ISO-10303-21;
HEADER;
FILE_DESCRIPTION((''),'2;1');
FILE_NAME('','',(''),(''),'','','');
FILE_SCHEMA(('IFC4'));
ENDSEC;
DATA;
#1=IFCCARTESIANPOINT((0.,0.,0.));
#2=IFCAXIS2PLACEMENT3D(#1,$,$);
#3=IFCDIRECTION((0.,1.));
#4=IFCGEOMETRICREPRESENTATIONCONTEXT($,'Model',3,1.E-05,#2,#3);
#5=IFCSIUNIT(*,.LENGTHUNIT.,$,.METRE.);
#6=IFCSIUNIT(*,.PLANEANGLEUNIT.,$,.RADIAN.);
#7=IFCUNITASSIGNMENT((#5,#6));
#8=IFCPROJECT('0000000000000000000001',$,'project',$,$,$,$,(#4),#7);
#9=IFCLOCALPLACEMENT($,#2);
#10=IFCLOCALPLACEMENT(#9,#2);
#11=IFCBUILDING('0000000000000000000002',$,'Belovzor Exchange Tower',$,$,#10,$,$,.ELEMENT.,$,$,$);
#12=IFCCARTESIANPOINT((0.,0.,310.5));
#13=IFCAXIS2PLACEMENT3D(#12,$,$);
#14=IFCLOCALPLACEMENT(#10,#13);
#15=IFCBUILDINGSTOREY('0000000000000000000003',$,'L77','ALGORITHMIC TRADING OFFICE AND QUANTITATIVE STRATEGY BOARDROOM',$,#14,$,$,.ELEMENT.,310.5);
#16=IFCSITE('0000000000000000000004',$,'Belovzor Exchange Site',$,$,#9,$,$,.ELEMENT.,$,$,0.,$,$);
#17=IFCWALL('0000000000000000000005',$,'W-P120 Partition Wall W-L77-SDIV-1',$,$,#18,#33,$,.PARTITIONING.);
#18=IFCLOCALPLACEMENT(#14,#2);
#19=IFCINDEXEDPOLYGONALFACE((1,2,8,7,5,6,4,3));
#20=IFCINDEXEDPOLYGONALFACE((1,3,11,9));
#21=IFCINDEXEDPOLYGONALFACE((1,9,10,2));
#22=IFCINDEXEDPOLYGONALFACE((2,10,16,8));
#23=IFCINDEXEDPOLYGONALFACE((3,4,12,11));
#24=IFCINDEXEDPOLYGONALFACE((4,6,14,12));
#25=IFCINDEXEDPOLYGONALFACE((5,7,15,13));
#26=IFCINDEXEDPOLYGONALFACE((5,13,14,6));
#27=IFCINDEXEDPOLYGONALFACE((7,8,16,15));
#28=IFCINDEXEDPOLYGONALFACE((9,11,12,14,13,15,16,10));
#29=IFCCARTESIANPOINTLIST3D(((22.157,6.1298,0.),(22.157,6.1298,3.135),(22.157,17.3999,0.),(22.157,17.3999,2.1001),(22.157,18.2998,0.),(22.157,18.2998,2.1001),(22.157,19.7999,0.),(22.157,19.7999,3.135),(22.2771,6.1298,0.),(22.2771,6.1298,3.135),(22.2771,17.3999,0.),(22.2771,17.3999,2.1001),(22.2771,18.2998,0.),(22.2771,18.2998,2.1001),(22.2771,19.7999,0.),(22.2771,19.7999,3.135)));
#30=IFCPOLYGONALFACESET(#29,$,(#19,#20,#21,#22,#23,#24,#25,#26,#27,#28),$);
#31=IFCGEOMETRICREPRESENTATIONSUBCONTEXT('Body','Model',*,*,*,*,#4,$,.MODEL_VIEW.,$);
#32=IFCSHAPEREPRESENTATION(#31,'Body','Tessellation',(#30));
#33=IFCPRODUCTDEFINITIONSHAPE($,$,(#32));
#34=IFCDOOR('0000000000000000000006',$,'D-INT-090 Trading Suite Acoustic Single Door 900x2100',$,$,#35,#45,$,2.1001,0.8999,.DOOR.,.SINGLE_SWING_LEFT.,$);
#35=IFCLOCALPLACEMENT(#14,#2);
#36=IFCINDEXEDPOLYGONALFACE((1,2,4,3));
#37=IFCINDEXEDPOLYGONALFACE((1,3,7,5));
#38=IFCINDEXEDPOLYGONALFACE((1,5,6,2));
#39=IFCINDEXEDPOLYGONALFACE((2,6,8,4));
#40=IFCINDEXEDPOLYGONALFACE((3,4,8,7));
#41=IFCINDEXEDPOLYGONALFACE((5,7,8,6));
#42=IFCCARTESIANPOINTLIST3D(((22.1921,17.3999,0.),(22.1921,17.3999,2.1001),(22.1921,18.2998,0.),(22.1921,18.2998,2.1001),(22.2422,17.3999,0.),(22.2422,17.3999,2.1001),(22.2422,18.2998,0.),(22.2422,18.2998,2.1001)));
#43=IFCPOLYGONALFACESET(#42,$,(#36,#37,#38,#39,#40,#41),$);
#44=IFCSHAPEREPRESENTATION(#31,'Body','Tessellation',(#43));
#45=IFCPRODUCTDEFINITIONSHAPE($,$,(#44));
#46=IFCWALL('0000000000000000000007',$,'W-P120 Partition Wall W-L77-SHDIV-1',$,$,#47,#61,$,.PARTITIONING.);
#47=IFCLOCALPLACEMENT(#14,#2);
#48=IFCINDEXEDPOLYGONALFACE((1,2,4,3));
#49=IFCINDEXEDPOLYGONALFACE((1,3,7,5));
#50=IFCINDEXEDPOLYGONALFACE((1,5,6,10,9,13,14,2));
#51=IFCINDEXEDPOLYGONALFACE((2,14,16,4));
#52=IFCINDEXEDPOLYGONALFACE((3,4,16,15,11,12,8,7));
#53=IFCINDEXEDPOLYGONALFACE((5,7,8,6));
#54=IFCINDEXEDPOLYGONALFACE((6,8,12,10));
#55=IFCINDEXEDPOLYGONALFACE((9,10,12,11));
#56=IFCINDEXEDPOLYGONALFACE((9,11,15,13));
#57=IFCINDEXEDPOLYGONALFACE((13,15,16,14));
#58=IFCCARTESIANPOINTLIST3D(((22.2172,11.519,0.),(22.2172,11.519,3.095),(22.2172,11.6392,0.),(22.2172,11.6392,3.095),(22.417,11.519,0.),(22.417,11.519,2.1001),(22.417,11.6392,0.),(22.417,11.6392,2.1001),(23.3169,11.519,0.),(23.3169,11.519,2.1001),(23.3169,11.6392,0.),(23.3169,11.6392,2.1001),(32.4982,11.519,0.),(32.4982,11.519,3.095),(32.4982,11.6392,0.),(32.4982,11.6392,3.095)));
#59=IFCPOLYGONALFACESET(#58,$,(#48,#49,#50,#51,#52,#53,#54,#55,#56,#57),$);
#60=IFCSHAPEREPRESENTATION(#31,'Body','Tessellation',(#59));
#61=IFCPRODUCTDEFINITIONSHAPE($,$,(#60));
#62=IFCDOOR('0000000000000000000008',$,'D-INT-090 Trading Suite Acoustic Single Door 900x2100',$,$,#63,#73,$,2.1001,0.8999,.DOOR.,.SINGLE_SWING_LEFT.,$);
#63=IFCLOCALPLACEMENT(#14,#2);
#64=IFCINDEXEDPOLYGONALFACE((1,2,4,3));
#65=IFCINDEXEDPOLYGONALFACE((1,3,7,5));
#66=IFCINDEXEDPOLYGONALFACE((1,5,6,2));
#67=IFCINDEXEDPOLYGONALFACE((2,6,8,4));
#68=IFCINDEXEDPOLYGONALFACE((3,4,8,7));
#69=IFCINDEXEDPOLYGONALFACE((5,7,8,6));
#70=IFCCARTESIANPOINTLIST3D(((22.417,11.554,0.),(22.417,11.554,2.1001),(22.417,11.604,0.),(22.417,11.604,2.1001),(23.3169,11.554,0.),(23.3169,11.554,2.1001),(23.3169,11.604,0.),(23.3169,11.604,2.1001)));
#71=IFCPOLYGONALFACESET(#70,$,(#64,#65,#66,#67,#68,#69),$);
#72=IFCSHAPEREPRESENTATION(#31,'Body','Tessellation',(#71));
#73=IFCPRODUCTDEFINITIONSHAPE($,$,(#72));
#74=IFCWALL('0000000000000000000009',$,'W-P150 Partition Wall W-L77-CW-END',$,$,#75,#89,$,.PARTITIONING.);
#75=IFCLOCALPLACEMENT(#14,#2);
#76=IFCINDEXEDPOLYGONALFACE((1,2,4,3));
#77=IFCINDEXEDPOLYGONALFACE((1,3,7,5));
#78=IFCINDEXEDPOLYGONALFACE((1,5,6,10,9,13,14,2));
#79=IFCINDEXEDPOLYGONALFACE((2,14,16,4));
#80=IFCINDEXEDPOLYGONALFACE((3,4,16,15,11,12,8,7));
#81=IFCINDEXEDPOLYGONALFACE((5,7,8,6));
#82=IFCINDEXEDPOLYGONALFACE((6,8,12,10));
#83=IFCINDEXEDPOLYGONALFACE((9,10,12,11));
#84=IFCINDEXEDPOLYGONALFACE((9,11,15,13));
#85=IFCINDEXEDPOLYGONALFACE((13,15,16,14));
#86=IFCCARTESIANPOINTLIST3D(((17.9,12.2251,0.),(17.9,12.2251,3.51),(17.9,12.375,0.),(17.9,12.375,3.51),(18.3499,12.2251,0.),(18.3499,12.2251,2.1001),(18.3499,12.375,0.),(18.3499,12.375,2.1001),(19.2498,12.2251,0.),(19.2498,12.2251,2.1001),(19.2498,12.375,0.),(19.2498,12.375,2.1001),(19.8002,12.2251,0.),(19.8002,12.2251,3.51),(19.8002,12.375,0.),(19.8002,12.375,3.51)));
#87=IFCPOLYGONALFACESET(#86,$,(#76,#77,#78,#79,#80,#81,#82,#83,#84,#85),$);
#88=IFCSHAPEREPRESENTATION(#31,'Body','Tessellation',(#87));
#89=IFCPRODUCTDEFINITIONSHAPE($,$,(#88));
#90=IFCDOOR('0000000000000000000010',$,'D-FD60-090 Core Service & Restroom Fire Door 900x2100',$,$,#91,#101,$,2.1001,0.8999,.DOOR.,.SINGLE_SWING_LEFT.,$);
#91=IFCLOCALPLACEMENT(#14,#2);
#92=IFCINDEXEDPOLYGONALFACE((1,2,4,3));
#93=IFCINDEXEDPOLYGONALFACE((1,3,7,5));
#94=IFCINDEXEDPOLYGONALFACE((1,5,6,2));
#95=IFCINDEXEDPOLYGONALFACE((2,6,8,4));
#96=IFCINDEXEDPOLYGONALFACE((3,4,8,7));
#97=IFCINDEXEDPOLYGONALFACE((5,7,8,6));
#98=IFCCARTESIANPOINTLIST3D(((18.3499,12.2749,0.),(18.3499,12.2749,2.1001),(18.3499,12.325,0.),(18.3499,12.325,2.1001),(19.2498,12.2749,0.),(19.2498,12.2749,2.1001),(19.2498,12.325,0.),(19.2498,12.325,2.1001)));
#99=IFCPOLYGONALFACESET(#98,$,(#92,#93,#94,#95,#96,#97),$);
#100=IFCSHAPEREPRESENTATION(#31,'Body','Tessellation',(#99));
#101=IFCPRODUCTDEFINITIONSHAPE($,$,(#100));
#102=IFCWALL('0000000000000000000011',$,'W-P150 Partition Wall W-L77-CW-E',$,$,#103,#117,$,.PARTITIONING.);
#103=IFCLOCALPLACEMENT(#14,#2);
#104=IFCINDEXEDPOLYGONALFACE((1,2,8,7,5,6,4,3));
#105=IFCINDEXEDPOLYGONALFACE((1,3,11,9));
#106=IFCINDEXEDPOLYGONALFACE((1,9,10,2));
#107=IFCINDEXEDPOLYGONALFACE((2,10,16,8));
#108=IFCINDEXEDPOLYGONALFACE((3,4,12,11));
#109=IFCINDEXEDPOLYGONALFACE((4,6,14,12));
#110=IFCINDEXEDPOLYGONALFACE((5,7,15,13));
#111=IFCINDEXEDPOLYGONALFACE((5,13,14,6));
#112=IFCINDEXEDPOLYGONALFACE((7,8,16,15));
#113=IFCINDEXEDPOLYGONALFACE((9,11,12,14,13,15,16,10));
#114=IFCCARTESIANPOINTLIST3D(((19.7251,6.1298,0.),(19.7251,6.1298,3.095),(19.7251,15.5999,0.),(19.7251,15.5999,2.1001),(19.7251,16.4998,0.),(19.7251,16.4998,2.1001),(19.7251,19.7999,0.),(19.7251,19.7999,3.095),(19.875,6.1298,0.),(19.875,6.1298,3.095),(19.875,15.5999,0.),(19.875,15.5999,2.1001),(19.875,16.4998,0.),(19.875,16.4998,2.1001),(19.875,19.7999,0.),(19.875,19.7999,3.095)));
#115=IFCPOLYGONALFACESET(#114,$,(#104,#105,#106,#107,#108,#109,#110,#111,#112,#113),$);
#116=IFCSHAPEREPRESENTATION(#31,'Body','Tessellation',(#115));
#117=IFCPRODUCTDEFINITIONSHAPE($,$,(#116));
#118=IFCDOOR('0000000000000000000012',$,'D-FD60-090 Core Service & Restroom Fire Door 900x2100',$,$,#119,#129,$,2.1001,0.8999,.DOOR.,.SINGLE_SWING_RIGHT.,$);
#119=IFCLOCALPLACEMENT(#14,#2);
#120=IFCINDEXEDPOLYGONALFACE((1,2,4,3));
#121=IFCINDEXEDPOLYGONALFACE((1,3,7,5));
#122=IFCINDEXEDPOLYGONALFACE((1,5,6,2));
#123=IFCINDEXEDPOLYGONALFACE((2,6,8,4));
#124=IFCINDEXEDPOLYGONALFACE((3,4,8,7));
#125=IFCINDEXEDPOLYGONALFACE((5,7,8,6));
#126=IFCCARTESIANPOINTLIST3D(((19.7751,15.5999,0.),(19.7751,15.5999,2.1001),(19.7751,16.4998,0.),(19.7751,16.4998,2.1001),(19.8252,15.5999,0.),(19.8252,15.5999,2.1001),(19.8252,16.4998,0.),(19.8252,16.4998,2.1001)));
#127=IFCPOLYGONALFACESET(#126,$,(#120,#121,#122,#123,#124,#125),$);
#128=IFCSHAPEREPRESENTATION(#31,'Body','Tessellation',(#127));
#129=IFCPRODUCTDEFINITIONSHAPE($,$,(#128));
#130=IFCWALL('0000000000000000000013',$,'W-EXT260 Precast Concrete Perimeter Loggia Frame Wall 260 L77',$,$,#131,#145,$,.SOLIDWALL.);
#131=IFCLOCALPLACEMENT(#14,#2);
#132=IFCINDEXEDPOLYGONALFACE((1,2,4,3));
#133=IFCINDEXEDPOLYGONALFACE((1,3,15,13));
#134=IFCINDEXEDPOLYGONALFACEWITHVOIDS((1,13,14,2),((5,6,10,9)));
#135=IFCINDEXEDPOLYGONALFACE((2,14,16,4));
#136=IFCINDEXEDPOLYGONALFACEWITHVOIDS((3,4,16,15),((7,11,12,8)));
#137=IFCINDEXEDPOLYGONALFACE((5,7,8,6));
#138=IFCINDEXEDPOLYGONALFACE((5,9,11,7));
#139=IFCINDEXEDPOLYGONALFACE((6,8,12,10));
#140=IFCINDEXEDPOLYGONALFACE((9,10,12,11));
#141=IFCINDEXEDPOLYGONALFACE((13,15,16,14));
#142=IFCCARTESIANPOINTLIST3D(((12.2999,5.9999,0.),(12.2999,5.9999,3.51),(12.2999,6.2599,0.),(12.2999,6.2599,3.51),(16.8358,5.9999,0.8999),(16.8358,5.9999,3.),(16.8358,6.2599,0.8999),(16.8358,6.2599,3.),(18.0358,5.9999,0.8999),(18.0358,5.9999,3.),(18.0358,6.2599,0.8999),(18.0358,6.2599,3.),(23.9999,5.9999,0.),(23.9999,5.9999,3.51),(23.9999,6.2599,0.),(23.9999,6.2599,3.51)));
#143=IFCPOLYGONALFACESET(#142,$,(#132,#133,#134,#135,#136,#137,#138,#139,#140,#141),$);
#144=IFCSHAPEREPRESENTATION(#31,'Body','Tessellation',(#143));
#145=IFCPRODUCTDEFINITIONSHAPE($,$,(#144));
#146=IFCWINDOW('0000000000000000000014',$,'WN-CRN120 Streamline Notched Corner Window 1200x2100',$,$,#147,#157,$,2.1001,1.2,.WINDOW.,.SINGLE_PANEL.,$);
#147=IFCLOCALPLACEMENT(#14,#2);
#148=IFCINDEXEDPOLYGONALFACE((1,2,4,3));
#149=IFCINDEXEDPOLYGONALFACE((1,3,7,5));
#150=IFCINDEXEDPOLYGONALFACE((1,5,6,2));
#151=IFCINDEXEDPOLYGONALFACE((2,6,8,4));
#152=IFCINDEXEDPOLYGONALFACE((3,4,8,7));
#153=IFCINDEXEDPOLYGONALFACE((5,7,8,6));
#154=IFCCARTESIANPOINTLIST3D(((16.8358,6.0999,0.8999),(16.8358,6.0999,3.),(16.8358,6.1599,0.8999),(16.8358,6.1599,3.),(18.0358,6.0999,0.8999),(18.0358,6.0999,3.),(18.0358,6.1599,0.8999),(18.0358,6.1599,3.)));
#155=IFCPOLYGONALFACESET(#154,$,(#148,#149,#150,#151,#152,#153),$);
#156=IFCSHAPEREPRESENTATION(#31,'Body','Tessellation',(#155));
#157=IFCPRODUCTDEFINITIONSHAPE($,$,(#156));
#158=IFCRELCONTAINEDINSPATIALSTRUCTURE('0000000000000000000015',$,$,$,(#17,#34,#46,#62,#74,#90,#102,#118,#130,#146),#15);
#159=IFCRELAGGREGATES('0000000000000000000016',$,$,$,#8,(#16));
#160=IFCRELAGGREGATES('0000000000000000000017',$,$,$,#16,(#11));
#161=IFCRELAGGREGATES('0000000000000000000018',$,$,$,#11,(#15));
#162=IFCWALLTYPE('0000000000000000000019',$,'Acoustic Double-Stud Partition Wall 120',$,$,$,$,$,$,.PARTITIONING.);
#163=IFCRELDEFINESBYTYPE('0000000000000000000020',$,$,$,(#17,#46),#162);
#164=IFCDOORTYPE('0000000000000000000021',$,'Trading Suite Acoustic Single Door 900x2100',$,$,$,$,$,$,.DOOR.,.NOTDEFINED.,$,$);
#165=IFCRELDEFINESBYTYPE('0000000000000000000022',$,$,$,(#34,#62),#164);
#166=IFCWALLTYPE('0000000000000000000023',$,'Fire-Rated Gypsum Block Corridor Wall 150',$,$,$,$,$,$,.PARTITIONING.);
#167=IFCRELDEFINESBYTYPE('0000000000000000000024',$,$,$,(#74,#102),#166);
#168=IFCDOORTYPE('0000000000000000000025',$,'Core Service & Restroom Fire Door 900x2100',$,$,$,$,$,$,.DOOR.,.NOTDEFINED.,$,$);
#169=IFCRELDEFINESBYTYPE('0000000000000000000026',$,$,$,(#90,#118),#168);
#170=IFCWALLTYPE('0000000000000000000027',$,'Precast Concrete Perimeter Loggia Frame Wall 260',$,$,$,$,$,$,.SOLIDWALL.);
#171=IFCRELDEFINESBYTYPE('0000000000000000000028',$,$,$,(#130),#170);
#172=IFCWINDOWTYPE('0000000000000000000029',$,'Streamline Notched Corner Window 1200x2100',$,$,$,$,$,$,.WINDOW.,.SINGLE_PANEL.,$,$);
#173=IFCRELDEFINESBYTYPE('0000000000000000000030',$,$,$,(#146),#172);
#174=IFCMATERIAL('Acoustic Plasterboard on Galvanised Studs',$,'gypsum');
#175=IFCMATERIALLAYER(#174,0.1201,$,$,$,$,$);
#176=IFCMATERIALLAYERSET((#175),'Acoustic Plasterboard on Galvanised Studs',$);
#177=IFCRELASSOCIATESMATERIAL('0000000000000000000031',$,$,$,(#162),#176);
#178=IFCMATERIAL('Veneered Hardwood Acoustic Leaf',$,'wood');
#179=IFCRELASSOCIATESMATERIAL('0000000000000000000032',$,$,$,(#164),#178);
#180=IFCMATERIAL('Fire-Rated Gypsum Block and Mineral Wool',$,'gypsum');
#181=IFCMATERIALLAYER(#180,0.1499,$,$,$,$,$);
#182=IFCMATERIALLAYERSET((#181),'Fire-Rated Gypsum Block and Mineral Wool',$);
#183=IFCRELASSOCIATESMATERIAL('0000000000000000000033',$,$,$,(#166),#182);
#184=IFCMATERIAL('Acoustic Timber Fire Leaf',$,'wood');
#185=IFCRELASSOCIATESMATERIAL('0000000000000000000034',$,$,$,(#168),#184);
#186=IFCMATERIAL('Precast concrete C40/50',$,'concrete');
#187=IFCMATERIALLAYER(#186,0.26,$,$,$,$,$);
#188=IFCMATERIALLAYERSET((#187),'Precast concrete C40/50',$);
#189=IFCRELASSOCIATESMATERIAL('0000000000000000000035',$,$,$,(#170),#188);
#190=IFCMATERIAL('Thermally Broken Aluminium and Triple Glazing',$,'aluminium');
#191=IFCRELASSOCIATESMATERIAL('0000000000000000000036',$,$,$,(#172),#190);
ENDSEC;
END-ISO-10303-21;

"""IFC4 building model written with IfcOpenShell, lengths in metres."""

from ifc_helpers import new_model, si_unit, direction, frame, frame_2d, origin, place, context, subcontext, project, spatial, rectangle, extrude, material, layer, layer_set, type_object, element, fill, save


model = new_model("IFC4")

# Units and contexts
model_context = context("Model", 3, precision=1e-05, world=origin(), true_north=direction((0.0, 1.0)))
body_context = subcontext(model_context, "Body", "Model", "MODEL_VIEW")
ifc_project = project(units=[si_unit("LENGTHUNIT", "METRE"), si_unit("PLANEANGLEUNIT", "RADIAN")], contexts=[model_context])

# Site, building, storey
site_placement = place(None, origin())
site = spatial("IfcSite", under=ifc_project, at=site_placement, Name="Belovzor Exchange Site", CompositionType="ELEMENT", RefElevation=0.0)
building_placement = place(site_placement, origin())
building = spatial("IfcBuilding", under=site, at=building_placement, Name="Belovzor Exchange Tower", CompositionType="ELEMENT")
storey_placement = place(building_placement, frame((0.0, 0.0, 310.5)))
storey = spatial("IfcBuildingStorey", under=building, at=storey_placement, Name="L77", Description="ALGORITHMIC TRADING OFFICE AND QUANTITATIVE STRATEGY BOARDROOM", CompositionType="ELEMENT", Elevation=310.5)

# Walls, openings, doors
ifc_material_1 = material(Name="Acoustic Plasterboard on Galvanised Studs", Category="gypsum")
ifc_layer_1 = layer(ifc_material_1, 0.1201)
ifc_layer_set_1 = layer_set([ifc_layer_1], Name="Acoustic Plasterboard on Galvanised Studs")
wall_type_1 = type_object("IfcWallType", Name="Acoustic Double-Stud Partition Wall 120", PredefinedType="PARTITIONING", material=ifc_layer_set_1)
ifc_material_2 = material(Name="Veneered Hardwood Acoustic Leaf", Category="wood")
door_type_1 = type_object("IfcDoorType", Name="Trading Suite Acoustic Single Door 900x2100", OperationType="NOTDEFINED", PredefinedType="DOOR", material=ifc_material_2)
wall_1_placement = place(storey_placement, frame((22.217, 6.1299, 0.0), z_axis=(0.0, 0.0, 1.0), x_axis=(0.0, 1.0, 0.0)))
wall_1 = element("IfcWall", 1, at=wall_1_placement, inside=storey, type_object=wall_type_1, Name="W-P120 Partition Wall W-L77-SDIV-1", PredefinedType="PARTITIONING", context=body_context, shape_type="SweptSolid", body=[
    extrude(rectangle(XDim=13.6702, YDim=0.1201, at=frame_2d((6.835, 0.0))), origin(), (0.0, 0.0, 1.0), 3.135),
])
opening_1_placement = place(wall_1_placement, frame((11.27, 0.0, 0.0)))
opening_1 = element("IfcOpeningElement", 2, at=opening_1_placement, cuts=wall_1, PredefinedType="OPENING", context=body_context, shape_type="SweptSolid", body=[
    extrude(rectangle(XDim=0.8999, YDim=2.1001, at=frame_2d((0.45, 1.05))), frame((0.0, 0.0701, 0.0), z_axis=(0.0, -1.0, 0.0), x_axis=(1.0, 0.0, 0.0)), (0.0, 0.0, 1.0), 0.1401),
])
door_1_placement = place(opening_1_placement, origin())
door_1 = element("IfcDoor", 3, at=door_1_placement, inside=storey, type_object=door_type_1, Name="D-INT-090 Trading Suite Acoustic Single Door 900x2100", OperationType="SINGLE_SWING_LEFT", OverallHeight=2.1001, OverallWidth=0.8999, PredefinedType="DOOR", context=body_context, shape_type="SweptSolid", body=[
    extrude(rectangle(XDim=0.8999, YDim=2.1001, at=frame_2d((0.45, 1.05))), frame((0.0, 0.0249, 0.0), z_axis=(0.0, -1.0, 0.0), x_axis=(1.0, 0.0, 0.0)), (0.0, 0.0, 1.0), 0.05),
])
fill(opening_1, door_1)
wall_2_placement = place(storey_placement, frame((22.217, 11.5791, 0.0), z_axis=(0.0, 0.0, 1.0), x_axis=(1.0, 0.0, 0.0)))
wall_2 = element("IfcWall", 4, at=wall_2_placement, inside=storey, type_object=wall_type_1, Name="W-P120 Partition Wall W-L77-SHDIV-1", PredefinedType="PARTITIONING", context=body_context, shape_type="SweptSolid", body=[
    extrude(rectangle(XDim=10.281, YDim=0.1201, at=frame_2d((5.1406, 0.0))), origin(), (0.0, 0.0, 1.0), 3.095),
])
opening_2_placement = place(wall_2_placement, frame((0.2, 0.0, 0.0)))
opening_2 = element("IfcOpeningElement", 5, at=opening_2_placement, cuts=wall_2, PredefinedType="OPENING", context=body_context, shape_type="SweptSolid", body=[
    extrude(rectangle(XDim=0.8999, YDim=2.1001, at=frame_2d((0.45, 1.05))), frame((0.0, 0.0701, 0.0), z_axis=(0.0, -1.0, 0.0), x_axis=(1.0, 0.0, 0.0)), (0.0, 0.0, 1.0), 0.1401),
])
door_2_placement = place(opening_2_placement, origin())
door_2 = element("IfcDoor", 6, at=door_2_placement, inside=storey, type_object=door_type_1, Name="D-INT-090 Trading Suite Acoustic Single Door 900x2100", OperationType="SINGLE_SWING_LEFT", OverallHeight=2.1001, OverallWidth=0.8999, PredefinedType="DOOR", context=body_context, shape_type="SweptSolid", body=[
    extrude(rectangle(XDim=0.8999, YDim=2.1001, at=frame_2d((0.45, 1.05))), frame((0.0, 0.0249, 0.0), z_axis=(0.0, -1.0, 0.0), x_axis=(1.0, 0.0, 0.0)), (0.0, 0.0, 1.0), 0.05),
])
fill(opening_2, door_2)
ifc_material_3 = material(Name="Fire-Rated Gypsum Block and Mineral Wool", Category="gypsum")
ifc_layer_2 = layer(ifc_material_3, 0.1499)
ifc_layer_set_2 = layer_set([ifc_layer_2], Name="Fire-Rated Gypsum Block and Mineral Wool")
wall_type_2 = type_object("IfcWallType", Name="Fire-Rated Gypsum Block Corridor Wall 150", PredefinedType="PARTITIONING", material=ifc_layer_set_2)
wall_3_placement = place(storey_placement, frame((17.8999, 12.3, 0.0), z_axis=(0.0, 0.0, 1.0), x_axis=(1.0, 0.0, 0.0)))
wall_3 = element("IfcWall", 7, at=wall_3_placement, inside=storey, type_object=wall_type_2, Name="W-P150 Partition Wall W-L77-CW-END", PredefinedType="PARTITIONING", context=body_context, shape_type="SweptSolid", body=[
    extrude(rectangle(XDim=1.9001, YDim=0.1499, at=frame_2d((0.9502, 0.0))), origin(), (0.0, 0.0, 1.0), 3.51),
])
opening_3_placement = place(wall_3_placement, frame((0.45, 0.0, 0.0)))
opening_3 = element("IfcOpeningElement", 8, at=opening_3_placement, cuts=wall_3, PredefinedType="OPENING", context=body_context, shape_type="SweptSolid", body=[
    extrude(rectangle(XDim=0.8999, YDim=2.1001, at=frame_2d((0.45, 1.05))), frame((0.0, 0.085, 0.0), z_axis=(0.0, -1.0, 0.0), x_axis=(1.0, 0.0, 0.0)), (0.0, 0.0, 1.0), 0.1699),
])
ifc_material_4 = material(Name="Acoustic Timber Fire Leaf", Category="wood")
door_type_2 = type_object("IfcDoorType", Name="Core Service & Restroom Fire Door 900x2100", OperationType="NOTDEFINED", PredefinedType="DOOR", material=ifc_material_4)
door_3_placement = place(opening_3_placement, origin())
door_3 = element("IfcDoor", 9, at=door_3_placement, inside=storey, type_object=door_type_2, Name="D-FD60-090 Core Service & Restroom Fire Door 900x2100", OperationType="SINGLE_SWING_LEFT", OverallHeight=2.1001, OverallWidth=0.8999, PredefinedType="DOOR", context=body_context, shape_type="SweptSolid", body=[
    extrude(rectangle(XDim=0.8999, YDim=2.1001, at=frame_2d((0.45, 1.05))), frame((0.0, 0.0249, 0.0), z_axis=(0.0, -1.0, 0.0), x_axis=(1.0, 0.0, 0.0)), (0.0, 0.0, 1.0), 0.05),
])
fill(opening_3, door_3)
wall_4_placement = place(storey_placement, frame((19.8, 6.1299, 0.0), z_axis=(0.0, 0.0, 1.0), x_axis=(0.0, 1.0, 0.0)))
wall_4 = element("IfcWall", 10, at=wall_4_placement, inside=storey, type_object=wall_type_2, Name="W-P150 Partition Wall W-L77-CW-E", PredefinedType="PARTITIONING", context=body_context, shape_type="SweptSolid", body=[
    extrude(rectangle(XDim=13.6702, YDim=0.1499, at=frame_2d((6.835, 0.0))), origin(), (0.0, 0.0, 1.0), 3.095),
])
opening_4_placement = place(wall_4_placement, frame((9.47, 0.0, 0.0)))
opening_4 = element("IfcOpeningElement", 11, at=opening_4_placement, cuts=wall_4, PredefinedType="OPENING", context=body_context, shape_type="SweptSolid", body=[
    extrude(rectangle(XDim=0.8999, YDim=2.1001, at=frame_2d((0.45, 1.05))), frame((0.0, 0.085, 0.0), z_axis=(0.0, -1.0, 0.0), x_axis=(1.0, 0.0, 0.0)), (0.0, 0.0, 1.0), 0.1699),
])
door_4_placement = place(opening_4_placement, origin())
door_4 = element("IfcDoor", 12, at=door_4_placement, inside=storey, type_object=door_type_2, Name="D-FD60-090 Core Service & Restroom Fire Door 900x2100", OperationType="SINGLE_SWING_RIGHT", OverallHeight=2.1001, OverallWidth=0.8999, PredefinedType="DOOR", context=body_context, shape_type="SweptSolid", body=[
    extrude(rectangle(XDim=0.8999, YDim=2.1001, at=frame_2d((0.45, 1.05))), frame((0.0, 0.0249, 0.0), z_axis=(0.0, -1.0, 0.0), x_axis=(1.0, 0.0, 0.0)), (0.0, 0.0, 1.0), 0.05),
])
fill(opening_4, door_4)

# Wall, opening, window
ifc_material_5 = material(Name="Precast concrete C40/50", Category="concrete")
ifc_layer_3 = layer(ifc_material_5, 0.26)
ifc_layer_set_3 = layer_set([ifc_layer_3], Name="Precast concrete C40/50")
wall_type_3 = type_object("IfcWallType", Name="Precast Concrete Perimeter Loggia Frame Wall 260", PredefinedType="SOLIDWALL", material=ifc_layer_set_3)
wall_5_placement = place(storey_placement, frame((24.0, 6.1299, 0.0), z_axis=(0.0, 0.0, 1.0), x_axis=(-1.0, 0.0, 0.0)))
wall_5 = element("IfcWall", 13, at=wall_5_placement, inside=storey, type_object=wall_type_3, Name="W-EXT260 Precast Concrete Perimeter Loggia Frame Wall 260 L77", PredefinedType="SOLIDWALL", context=body_context, shape_type="SweptSolid", body=[
    extrude(rectangle(XDim=11.7, YDim=0.26, at=frame_2d((5.8501, 0.0))), origin(), (0.0, 0.0, 1.0), 3.51),
])
opening_5_placement = place(wall_5_placement, frame((5.9641, 0.0, 0.8999)))
opening_5 = element("IfcOpeningElement", 14, at=opening_5_placement, cuts=wall_5, PredefinedType="OPENING", context=body_context, shape_type="SweptSolid", body=[
    extrude(rectangle(XDim=1.2, YDim=2.1001, at=frame_2d((0.6001, 1.05))), frame((0.0, 0.1399, 0.0), z_axis=(0.0, -1.0, 0.0), x_axis=(1.0, 0.0, 0.0)), (0.0, 0.0, 1.0), 0.28),
])
ifc_material_6 = material(Name="Thermally Broken Aluminium and Triple Glazing", Category="aluminium")
window_type = type_object("IfcWindowType", Name="Streamline Notched Corner Window 1200x2100", PartitioningType="SINGLE_PANEL", PredefinedType="WINDOW", material=ifc_material_6)
window_placement = place(opening_5_placement, origin())
window = element("IfcWindow", 15, at=window_placement, inside=storey, type_object=window_type, Name="WN-CRN120 Streamline Notched Corner Window 1200x2100", OverallHeight=2.1001, OverallWidth=1.2, PartitioningType="SINGLE_PANEL", PredefinedType="WINDOW", context=body_context, shape_type="SweptSolid", body=[
    extrude(rectangle(XDim=1.2, YDim=2.1001, at=frame_2d((0.6001, 1.05))), frame((0.0, 0.03, 0.0), z_axis=(0.0, -1.0, 0.0), x_axis=(1.0, 0.0, 0.0)), (0.0, 0.0, 1.0), 0.0601),
])
fill(opening_5, window)

save(model, "model.ifc")
